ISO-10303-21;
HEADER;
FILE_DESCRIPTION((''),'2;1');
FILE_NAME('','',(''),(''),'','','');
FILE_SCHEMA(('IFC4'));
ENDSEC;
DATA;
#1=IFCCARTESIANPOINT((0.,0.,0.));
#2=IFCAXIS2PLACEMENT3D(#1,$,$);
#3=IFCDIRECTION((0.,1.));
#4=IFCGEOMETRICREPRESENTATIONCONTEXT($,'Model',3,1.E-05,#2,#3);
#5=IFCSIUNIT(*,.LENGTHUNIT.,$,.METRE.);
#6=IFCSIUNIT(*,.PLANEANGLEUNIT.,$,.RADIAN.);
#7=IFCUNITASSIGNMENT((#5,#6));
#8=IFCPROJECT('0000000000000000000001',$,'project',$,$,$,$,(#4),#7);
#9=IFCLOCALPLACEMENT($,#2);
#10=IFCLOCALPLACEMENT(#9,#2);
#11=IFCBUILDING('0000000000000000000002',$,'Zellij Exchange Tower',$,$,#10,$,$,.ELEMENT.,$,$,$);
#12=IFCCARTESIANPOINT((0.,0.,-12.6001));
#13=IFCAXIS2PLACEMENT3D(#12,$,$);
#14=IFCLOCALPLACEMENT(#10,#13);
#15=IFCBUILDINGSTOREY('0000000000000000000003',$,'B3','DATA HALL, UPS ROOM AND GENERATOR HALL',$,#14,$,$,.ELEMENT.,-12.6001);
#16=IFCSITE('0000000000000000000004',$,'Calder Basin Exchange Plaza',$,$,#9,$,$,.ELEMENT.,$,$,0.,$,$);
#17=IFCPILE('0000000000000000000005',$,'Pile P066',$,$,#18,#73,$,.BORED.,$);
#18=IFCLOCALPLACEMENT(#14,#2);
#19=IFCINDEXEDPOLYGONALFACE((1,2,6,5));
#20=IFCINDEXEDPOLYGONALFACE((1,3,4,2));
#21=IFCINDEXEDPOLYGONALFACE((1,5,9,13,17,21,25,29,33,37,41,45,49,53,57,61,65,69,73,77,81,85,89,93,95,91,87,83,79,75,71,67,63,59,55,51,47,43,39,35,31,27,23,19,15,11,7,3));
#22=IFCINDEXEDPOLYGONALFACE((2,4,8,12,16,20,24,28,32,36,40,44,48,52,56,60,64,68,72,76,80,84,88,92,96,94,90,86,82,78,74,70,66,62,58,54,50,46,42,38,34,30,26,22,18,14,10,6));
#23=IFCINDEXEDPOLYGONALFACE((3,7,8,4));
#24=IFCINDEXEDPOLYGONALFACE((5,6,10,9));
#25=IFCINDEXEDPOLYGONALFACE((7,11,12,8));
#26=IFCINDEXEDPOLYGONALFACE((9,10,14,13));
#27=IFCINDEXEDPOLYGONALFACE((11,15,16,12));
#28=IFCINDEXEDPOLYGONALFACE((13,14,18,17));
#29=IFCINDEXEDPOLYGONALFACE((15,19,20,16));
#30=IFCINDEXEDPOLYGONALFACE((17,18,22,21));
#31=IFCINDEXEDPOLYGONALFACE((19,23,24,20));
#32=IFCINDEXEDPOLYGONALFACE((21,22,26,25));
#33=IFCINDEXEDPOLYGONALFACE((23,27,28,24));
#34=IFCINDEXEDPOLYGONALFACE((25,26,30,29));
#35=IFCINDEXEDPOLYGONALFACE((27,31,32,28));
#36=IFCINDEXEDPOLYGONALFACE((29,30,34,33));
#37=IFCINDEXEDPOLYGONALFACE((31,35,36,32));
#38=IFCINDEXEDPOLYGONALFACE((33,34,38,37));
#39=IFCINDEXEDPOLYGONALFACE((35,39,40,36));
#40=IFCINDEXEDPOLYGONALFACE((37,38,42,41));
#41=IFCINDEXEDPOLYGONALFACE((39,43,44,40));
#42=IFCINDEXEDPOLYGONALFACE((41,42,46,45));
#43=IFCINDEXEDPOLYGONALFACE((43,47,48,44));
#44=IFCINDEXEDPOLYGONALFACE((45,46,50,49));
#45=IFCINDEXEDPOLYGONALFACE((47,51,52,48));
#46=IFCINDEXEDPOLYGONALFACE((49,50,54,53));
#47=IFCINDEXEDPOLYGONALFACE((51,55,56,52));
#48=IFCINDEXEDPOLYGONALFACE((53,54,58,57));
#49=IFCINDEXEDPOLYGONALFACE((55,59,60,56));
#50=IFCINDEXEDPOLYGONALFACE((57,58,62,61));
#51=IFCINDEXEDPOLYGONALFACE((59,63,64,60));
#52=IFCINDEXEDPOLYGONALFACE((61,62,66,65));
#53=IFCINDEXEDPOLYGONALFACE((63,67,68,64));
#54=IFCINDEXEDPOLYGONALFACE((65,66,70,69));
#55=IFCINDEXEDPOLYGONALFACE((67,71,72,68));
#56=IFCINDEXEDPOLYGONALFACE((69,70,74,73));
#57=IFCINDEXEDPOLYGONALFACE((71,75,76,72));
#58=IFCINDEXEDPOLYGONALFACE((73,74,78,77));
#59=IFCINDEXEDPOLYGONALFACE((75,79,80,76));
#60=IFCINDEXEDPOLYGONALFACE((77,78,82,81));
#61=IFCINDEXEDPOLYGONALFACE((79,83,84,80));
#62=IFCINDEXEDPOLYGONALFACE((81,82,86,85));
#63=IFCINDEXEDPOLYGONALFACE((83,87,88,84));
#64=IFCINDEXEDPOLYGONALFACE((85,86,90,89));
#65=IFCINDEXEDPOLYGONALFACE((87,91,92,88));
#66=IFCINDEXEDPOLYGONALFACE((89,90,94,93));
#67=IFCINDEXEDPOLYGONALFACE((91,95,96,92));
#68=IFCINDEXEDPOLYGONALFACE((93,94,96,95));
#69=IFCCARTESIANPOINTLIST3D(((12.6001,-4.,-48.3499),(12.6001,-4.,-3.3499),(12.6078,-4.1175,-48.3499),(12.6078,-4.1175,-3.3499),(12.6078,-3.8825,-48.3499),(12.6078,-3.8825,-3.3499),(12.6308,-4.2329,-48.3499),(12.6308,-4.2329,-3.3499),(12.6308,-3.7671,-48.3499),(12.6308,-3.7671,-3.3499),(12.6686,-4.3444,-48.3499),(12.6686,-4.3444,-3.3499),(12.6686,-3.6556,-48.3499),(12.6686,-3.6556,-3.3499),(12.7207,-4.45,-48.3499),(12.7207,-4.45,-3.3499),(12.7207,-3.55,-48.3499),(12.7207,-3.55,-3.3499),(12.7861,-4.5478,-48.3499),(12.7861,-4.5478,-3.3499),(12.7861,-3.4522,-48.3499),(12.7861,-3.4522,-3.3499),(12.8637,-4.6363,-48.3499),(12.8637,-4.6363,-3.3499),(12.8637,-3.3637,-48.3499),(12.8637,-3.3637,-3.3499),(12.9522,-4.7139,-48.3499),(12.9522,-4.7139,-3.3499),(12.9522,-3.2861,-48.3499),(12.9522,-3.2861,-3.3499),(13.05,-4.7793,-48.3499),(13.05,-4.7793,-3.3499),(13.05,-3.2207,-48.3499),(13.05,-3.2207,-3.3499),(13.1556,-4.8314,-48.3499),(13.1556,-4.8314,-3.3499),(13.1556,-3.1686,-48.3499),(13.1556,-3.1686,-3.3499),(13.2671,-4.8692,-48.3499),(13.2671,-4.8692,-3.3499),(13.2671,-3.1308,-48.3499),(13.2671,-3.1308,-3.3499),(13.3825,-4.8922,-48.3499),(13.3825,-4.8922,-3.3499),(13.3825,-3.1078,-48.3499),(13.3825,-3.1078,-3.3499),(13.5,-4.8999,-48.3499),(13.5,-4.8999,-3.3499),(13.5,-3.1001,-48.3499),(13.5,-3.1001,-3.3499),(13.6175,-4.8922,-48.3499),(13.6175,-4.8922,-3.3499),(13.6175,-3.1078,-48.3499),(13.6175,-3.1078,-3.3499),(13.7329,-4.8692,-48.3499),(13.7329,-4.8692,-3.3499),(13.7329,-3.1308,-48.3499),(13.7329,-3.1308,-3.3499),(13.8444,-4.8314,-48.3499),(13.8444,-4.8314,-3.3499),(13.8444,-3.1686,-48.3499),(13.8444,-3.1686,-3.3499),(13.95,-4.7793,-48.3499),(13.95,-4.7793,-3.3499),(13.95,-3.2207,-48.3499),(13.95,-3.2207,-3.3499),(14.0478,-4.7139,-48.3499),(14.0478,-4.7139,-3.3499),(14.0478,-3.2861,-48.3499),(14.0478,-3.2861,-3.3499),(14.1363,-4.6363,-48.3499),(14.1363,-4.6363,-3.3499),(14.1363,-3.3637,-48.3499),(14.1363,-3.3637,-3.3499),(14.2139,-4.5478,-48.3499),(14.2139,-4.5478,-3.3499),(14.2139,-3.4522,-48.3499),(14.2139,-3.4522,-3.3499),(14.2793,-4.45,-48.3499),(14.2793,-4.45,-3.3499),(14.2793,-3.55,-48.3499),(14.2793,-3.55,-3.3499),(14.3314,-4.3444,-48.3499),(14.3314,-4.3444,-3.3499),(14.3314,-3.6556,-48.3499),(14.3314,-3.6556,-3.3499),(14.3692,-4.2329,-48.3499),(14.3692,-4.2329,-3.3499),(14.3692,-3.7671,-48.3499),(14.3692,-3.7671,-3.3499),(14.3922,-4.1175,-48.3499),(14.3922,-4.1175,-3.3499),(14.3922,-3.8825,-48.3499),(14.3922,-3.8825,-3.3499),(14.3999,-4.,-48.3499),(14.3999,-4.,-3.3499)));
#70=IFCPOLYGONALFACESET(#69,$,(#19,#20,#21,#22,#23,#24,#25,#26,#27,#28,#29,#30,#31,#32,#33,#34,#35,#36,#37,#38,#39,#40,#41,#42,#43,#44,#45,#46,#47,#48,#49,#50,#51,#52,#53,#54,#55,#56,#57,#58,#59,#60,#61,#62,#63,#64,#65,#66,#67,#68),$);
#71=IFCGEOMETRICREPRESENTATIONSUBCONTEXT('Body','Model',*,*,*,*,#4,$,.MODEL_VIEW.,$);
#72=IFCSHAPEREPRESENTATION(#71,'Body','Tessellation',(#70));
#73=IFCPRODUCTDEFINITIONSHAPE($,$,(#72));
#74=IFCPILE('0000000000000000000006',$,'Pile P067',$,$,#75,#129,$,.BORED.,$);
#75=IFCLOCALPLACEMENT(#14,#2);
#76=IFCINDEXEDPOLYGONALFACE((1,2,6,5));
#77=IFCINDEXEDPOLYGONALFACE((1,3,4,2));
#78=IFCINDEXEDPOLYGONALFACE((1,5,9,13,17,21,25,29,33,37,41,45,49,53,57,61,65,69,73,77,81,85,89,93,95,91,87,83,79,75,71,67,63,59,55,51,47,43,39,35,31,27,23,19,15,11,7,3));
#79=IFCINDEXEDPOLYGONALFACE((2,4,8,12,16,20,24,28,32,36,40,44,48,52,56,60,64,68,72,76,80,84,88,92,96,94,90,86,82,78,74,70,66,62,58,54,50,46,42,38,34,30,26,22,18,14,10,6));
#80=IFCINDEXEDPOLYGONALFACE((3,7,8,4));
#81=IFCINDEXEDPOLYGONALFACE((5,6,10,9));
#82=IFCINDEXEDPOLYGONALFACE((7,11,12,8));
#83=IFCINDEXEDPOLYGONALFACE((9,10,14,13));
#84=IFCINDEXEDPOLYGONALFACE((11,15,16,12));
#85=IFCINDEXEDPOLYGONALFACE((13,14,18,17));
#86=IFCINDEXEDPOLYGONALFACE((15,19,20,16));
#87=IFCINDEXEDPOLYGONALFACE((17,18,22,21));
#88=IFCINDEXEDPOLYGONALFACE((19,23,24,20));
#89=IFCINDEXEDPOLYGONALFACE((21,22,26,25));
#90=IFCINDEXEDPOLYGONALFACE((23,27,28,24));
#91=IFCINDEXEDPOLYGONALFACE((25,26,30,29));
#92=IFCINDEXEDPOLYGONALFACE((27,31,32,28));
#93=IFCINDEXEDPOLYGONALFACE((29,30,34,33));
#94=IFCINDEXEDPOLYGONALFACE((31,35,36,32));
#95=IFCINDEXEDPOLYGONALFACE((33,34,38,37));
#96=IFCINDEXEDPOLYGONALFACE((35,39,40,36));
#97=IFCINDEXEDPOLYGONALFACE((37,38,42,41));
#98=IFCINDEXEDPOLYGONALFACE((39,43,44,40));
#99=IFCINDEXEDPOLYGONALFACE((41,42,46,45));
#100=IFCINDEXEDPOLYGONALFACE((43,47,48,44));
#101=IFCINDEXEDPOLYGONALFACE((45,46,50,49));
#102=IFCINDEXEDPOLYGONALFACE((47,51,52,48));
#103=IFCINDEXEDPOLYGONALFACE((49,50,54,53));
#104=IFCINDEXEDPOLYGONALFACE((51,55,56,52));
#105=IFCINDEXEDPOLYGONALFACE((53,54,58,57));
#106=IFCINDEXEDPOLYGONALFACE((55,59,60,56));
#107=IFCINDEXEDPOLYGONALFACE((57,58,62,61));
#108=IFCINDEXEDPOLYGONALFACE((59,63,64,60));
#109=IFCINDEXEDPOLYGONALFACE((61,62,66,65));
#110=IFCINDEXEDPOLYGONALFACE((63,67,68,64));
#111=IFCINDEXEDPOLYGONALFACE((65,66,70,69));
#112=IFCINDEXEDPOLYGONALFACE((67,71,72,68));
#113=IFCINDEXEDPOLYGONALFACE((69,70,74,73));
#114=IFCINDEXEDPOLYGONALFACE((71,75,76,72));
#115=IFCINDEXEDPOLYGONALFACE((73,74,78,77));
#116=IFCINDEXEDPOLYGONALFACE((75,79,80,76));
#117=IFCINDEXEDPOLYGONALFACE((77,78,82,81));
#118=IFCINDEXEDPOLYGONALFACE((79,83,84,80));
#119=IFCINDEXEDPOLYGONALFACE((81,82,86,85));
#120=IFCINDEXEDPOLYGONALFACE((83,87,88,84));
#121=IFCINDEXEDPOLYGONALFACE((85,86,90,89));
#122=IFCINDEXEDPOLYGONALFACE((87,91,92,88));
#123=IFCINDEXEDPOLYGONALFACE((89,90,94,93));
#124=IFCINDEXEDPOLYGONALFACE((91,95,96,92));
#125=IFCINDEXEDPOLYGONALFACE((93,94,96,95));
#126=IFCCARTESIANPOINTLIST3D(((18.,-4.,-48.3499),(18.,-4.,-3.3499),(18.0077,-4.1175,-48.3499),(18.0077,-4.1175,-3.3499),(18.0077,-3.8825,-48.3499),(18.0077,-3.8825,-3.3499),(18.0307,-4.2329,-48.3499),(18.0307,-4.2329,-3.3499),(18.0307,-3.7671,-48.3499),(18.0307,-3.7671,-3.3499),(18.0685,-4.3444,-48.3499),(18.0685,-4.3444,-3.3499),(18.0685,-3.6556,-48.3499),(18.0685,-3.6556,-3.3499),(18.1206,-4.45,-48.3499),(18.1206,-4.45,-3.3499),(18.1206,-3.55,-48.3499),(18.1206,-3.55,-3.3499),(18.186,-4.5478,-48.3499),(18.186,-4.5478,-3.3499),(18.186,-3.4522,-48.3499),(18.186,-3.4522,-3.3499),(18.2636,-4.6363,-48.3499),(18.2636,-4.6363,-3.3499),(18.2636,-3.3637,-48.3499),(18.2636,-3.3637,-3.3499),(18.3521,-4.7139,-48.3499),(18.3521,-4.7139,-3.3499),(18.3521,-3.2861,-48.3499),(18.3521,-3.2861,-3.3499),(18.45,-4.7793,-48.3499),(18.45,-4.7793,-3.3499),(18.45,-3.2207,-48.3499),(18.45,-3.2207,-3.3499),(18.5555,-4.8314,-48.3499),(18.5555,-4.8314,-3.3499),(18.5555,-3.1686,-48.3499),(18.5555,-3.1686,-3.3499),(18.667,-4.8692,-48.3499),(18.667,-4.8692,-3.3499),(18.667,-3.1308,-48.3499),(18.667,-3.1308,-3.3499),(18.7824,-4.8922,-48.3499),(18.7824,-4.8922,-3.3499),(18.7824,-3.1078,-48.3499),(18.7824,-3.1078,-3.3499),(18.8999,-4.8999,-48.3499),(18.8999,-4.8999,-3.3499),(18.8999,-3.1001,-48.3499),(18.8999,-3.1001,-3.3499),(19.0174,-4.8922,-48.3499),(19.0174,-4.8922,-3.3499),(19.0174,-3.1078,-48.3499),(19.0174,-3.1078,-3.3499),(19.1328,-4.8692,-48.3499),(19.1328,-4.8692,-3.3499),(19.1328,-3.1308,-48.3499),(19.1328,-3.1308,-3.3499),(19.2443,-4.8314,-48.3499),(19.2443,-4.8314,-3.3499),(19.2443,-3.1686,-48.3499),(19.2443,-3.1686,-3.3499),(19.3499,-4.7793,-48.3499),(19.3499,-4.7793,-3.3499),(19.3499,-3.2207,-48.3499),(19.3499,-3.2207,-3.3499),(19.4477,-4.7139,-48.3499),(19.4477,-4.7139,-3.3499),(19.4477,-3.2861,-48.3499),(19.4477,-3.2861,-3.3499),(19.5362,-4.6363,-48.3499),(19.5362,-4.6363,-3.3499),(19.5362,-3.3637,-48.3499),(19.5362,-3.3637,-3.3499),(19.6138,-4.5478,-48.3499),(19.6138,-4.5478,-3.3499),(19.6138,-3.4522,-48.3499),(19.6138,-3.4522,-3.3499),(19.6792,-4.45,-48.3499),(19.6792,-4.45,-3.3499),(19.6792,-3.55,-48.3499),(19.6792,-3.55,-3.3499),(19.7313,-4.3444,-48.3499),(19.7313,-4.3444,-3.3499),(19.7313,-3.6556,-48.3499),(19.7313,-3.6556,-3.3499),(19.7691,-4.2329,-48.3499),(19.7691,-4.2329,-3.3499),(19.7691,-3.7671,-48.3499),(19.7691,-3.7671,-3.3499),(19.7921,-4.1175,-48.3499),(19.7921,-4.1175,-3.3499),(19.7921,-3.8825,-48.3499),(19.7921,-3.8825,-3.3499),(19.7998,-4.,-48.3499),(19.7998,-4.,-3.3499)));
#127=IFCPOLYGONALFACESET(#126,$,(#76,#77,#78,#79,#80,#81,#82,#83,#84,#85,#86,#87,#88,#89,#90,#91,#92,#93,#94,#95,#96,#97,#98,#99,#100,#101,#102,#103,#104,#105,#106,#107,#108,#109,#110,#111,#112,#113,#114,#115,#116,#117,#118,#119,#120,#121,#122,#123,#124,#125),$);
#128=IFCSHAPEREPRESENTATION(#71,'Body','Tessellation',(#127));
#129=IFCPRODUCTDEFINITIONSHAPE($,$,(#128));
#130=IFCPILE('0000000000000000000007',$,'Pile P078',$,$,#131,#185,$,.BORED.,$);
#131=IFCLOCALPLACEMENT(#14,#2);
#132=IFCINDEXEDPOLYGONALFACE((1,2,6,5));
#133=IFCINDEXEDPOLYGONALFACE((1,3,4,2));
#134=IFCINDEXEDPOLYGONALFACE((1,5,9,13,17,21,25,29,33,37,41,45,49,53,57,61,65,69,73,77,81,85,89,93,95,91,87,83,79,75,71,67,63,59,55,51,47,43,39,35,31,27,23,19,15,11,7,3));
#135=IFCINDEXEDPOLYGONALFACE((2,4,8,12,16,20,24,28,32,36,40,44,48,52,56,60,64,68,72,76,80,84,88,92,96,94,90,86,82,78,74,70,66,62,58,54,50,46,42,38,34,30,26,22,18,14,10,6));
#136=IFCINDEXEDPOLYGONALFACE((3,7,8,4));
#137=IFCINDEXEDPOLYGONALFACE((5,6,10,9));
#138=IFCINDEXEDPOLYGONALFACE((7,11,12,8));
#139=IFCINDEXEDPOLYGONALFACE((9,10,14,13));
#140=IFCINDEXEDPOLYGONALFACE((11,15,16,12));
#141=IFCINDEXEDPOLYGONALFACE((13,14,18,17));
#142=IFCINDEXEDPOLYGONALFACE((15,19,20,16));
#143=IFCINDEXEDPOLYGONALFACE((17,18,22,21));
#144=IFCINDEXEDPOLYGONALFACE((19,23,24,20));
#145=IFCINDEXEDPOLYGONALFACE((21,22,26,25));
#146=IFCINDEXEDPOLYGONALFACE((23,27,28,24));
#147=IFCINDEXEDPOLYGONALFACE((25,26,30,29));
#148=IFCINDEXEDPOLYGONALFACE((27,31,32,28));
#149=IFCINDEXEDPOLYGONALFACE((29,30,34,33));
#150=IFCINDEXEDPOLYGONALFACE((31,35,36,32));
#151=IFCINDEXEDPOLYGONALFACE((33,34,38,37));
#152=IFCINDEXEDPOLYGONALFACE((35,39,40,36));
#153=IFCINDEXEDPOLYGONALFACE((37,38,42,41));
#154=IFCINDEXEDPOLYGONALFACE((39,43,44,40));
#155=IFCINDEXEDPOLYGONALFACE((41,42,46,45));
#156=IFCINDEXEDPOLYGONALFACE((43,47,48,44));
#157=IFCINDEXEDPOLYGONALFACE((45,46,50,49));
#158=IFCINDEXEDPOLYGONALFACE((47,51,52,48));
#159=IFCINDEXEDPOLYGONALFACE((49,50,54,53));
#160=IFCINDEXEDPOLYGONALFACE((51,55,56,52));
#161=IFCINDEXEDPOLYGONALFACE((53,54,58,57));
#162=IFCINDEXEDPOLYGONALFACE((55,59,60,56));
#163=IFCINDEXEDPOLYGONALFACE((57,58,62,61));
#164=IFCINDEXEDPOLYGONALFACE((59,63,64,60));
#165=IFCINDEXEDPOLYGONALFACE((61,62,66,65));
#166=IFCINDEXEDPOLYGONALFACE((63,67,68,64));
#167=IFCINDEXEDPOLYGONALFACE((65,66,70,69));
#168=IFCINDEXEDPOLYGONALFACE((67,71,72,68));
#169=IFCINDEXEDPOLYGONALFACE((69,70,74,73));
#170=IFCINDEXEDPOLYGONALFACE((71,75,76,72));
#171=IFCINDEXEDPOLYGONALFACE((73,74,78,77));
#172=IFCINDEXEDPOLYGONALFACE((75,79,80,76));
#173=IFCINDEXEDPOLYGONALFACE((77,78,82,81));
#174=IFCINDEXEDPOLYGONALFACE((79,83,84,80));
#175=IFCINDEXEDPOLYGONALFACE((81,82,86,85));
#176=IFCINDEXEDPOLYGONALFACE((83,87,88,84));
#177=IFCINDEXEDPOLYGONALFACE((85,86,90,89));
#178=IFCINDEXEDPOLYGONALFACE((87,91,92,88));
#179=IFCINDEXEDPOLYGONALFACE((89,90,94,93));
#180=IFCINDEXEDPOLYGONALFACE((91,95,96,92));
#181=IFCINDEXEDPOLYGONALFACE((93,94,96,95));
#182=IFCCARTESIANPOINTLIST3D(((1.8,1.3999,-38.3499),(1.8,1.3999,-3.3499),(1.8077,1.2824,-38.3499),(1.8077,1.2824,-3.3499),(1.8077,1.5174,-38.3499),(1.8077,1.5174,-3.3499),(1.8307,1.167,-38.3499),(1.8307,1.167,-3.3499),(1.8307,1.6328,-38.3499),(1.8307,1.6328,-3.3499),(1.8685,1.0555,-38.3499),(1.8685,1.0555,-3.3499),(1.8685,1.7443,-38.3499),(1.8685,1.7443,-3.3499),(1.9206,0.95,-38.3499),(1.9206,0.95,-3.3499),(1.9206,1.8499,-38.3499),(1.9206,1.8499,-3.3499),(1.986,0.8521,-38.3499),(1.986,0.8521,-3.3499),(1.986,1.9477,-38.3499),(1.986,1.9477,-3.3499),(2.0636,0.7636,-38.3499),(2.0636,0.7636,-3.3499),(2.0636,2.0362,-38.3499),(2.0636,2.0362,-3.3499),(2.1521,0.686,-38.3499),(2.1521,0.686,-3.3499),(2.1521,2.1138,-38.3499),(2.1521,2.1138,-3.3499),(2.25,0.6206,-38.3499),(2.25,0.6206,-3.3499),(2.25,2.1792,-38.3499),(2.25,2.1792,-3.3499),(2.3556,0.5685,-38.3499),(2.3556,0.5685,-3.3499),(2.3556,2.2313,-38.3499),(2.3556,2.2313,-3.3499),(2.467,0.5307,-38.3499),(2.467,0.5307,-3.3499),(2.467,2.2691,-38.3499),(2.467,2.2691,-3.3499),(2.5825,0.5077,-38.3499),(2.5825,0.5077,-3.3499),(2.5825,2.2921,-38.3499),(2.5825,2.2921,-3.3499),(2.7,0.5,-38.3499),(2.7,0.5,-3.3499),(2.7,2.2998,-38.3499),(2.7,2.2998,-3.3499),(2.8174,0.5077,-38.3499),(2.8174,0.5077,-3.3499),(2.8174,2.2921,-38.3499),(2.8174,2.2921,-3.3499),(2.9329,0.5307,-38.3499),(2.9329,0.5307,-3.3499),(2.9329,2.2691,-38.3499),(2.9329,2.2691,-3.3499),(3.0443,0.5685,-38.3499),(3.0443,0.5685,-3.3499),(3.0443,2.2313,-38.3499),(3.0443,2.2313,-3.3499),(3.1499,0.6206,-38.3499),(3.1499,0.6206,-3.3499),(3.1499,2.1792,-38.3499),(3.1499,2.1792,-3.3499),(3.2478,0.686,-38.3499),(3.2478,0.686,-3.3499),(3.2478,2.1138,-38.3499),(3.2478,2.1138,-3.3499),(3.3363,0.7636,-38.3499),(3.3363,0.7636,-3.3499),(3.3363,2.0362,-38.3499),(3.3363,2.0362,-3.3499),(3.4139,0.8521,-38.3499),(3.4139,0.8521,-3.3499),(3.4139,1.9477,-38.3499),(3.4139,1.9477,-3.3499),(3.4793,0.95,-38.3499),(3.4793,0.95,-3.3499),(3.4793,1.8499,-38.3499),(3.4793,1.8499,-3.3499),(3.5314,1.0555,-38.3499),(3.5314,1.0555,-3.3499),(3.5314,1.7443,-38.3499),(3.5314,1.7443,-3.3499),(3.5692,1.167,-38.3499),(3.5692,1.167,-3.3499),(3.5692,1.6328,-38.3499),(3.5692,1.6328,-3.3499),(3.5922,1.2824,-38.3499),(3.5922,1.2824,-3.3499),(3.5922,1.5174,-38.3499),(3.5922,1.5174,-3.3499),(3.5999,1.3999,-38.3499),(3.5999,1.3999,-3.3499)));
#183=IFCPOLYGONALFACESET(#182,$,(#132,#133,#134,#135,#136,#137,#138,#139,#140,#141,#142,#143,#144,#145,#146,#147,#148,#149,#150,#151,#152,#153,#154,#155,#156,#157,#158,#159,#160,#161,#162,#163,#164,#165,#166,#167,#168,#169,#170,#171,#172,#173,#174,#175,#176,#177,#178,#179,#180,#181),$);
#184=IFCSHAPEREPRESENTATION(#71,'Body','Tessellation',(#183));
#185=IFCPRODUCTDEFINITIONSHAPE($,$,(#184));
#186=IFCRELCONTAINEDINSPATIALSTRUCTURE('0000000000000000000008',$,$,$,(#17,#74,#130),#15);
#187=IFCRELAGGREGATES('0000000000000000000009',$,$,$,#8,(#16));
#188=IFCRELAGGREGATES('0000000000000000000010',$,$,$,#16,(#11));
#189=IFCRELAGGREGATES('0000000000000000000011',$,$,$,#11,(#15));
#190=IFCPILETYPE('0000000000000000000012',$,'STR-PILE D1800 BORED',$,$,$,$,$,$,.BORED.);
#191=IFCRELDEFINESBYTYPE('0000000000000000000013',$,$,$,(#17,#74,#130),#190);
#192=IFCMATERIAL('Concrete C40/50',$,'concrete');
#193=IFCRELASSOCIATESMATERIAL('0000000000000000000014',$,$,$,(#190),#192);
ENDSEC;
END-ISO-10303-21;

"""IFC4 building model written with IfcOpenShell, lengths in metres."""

from ifc_helpers import new_model, si_unit, direction, frame, origin, origin_2d, place, context, subcontext, project, spatial, circle, extrude, material, material_profile, profile_set, type_object, element, save


model = new_model("IFC4")

# Units and contexts
model_context = context("Model", 3, precision=1e-05, world=origin(), true_north=direction((0.0, 1.0)))
body_context = subcontext(model_context, "Body", "Model", "MODEL_VIEW")
ifc_project = project(units=[si_unit("LENGTHUNIT", "METRE"), si_unit("PLANEANGLEUNIT", "RADIAN")], contexts=[model_context])

# Site, building, storey
site_placement = place(None, origin())
site = spatial("IfcSite", under=ifc_project, at=site_placement, Name="Calder Basin Exchange Plaza", CompositionType="ELEMENT", RefElevation=0.0)
building_placement = place(site_placement, origin())
building = spatial("IfcBuilding", under=site, at=building_placement, Name="Zellij Exchange Tower", CompositionType="ELEMENT")
storey_placement = place(building_placement, frame((0.0, 0.0, -12.6001)))
storey = spatial("IfcBuildingStorey", under=building, at=storey_placement, Name="B3", Description="DATA HALL, UPS ROOM AND GENERATOR HALL", CompositionType="ELEMENT", Elevation=-12.6001)

# Piles
ifc_material_1 = material(Name="Concrete C40/50", Category="concrete")
ifc_material_profile_1 = material_profile(ifc_material_1, circle(Radius=0.8999, at=origin_2d()), Name="STR-PILE D1800 BORED")
ifc_profile_set_1 = profile_set([ifc_material_profile_1], Name="Concrete C40/50")
pile_type = type_object("IfcPileType", Name="STR-PILE D1800 BORED", PredefinedType="BORED", material=ifc_profile_set_1)
for number, where, z_axis, x_axis, name in (
    (1, (13.5, -4.0, -3.3499), (0.0, 0.0, -1.0), (1.0, 0.0, 0.0), "Pile P066"),
    (2, (18.8999, -4.0, -3.3499), (0.0, 0.0, -1.0), (1.0, 0.0, 0.0), "Pile P067"),
):
    element("IfcPile", number, at=place(storey_placement, frame(where, z_axis=z_axis, x_axis=x_axis)), inside=storey, type_object=pile_type, Name=name, PredefinedType="BORED", context=body_context, shape_type="SweptSolid", body=[
        extrude(circle(Radius=0.8999, at=origin_2d()), origin(), (0.0, 0.0, 1.0), 45.0),
    ])
for number, where, z_axis, x_axis, name in (
    (3, (2.7, 1.3999, -3.3499), (0.0, 0.0, -1.0), (1.0, 0.0, 0.0), "Pile P078"),
):
    element("IfcPile", number, at=place(storey_placement, frame(where, z_axis=z_axis, x_axis=x_axis)), inside=storey, type_object=pile_type, Name=name, PredefinedType="BORED", context=body_context, shape_type="SweptSolid", body=[
        extrude(circle(Radius=0.8999, at=origin_2d()), origin(), (0.0, 0.0, 1.0), 35.0),
    ])

save(model, "model.ifc")
